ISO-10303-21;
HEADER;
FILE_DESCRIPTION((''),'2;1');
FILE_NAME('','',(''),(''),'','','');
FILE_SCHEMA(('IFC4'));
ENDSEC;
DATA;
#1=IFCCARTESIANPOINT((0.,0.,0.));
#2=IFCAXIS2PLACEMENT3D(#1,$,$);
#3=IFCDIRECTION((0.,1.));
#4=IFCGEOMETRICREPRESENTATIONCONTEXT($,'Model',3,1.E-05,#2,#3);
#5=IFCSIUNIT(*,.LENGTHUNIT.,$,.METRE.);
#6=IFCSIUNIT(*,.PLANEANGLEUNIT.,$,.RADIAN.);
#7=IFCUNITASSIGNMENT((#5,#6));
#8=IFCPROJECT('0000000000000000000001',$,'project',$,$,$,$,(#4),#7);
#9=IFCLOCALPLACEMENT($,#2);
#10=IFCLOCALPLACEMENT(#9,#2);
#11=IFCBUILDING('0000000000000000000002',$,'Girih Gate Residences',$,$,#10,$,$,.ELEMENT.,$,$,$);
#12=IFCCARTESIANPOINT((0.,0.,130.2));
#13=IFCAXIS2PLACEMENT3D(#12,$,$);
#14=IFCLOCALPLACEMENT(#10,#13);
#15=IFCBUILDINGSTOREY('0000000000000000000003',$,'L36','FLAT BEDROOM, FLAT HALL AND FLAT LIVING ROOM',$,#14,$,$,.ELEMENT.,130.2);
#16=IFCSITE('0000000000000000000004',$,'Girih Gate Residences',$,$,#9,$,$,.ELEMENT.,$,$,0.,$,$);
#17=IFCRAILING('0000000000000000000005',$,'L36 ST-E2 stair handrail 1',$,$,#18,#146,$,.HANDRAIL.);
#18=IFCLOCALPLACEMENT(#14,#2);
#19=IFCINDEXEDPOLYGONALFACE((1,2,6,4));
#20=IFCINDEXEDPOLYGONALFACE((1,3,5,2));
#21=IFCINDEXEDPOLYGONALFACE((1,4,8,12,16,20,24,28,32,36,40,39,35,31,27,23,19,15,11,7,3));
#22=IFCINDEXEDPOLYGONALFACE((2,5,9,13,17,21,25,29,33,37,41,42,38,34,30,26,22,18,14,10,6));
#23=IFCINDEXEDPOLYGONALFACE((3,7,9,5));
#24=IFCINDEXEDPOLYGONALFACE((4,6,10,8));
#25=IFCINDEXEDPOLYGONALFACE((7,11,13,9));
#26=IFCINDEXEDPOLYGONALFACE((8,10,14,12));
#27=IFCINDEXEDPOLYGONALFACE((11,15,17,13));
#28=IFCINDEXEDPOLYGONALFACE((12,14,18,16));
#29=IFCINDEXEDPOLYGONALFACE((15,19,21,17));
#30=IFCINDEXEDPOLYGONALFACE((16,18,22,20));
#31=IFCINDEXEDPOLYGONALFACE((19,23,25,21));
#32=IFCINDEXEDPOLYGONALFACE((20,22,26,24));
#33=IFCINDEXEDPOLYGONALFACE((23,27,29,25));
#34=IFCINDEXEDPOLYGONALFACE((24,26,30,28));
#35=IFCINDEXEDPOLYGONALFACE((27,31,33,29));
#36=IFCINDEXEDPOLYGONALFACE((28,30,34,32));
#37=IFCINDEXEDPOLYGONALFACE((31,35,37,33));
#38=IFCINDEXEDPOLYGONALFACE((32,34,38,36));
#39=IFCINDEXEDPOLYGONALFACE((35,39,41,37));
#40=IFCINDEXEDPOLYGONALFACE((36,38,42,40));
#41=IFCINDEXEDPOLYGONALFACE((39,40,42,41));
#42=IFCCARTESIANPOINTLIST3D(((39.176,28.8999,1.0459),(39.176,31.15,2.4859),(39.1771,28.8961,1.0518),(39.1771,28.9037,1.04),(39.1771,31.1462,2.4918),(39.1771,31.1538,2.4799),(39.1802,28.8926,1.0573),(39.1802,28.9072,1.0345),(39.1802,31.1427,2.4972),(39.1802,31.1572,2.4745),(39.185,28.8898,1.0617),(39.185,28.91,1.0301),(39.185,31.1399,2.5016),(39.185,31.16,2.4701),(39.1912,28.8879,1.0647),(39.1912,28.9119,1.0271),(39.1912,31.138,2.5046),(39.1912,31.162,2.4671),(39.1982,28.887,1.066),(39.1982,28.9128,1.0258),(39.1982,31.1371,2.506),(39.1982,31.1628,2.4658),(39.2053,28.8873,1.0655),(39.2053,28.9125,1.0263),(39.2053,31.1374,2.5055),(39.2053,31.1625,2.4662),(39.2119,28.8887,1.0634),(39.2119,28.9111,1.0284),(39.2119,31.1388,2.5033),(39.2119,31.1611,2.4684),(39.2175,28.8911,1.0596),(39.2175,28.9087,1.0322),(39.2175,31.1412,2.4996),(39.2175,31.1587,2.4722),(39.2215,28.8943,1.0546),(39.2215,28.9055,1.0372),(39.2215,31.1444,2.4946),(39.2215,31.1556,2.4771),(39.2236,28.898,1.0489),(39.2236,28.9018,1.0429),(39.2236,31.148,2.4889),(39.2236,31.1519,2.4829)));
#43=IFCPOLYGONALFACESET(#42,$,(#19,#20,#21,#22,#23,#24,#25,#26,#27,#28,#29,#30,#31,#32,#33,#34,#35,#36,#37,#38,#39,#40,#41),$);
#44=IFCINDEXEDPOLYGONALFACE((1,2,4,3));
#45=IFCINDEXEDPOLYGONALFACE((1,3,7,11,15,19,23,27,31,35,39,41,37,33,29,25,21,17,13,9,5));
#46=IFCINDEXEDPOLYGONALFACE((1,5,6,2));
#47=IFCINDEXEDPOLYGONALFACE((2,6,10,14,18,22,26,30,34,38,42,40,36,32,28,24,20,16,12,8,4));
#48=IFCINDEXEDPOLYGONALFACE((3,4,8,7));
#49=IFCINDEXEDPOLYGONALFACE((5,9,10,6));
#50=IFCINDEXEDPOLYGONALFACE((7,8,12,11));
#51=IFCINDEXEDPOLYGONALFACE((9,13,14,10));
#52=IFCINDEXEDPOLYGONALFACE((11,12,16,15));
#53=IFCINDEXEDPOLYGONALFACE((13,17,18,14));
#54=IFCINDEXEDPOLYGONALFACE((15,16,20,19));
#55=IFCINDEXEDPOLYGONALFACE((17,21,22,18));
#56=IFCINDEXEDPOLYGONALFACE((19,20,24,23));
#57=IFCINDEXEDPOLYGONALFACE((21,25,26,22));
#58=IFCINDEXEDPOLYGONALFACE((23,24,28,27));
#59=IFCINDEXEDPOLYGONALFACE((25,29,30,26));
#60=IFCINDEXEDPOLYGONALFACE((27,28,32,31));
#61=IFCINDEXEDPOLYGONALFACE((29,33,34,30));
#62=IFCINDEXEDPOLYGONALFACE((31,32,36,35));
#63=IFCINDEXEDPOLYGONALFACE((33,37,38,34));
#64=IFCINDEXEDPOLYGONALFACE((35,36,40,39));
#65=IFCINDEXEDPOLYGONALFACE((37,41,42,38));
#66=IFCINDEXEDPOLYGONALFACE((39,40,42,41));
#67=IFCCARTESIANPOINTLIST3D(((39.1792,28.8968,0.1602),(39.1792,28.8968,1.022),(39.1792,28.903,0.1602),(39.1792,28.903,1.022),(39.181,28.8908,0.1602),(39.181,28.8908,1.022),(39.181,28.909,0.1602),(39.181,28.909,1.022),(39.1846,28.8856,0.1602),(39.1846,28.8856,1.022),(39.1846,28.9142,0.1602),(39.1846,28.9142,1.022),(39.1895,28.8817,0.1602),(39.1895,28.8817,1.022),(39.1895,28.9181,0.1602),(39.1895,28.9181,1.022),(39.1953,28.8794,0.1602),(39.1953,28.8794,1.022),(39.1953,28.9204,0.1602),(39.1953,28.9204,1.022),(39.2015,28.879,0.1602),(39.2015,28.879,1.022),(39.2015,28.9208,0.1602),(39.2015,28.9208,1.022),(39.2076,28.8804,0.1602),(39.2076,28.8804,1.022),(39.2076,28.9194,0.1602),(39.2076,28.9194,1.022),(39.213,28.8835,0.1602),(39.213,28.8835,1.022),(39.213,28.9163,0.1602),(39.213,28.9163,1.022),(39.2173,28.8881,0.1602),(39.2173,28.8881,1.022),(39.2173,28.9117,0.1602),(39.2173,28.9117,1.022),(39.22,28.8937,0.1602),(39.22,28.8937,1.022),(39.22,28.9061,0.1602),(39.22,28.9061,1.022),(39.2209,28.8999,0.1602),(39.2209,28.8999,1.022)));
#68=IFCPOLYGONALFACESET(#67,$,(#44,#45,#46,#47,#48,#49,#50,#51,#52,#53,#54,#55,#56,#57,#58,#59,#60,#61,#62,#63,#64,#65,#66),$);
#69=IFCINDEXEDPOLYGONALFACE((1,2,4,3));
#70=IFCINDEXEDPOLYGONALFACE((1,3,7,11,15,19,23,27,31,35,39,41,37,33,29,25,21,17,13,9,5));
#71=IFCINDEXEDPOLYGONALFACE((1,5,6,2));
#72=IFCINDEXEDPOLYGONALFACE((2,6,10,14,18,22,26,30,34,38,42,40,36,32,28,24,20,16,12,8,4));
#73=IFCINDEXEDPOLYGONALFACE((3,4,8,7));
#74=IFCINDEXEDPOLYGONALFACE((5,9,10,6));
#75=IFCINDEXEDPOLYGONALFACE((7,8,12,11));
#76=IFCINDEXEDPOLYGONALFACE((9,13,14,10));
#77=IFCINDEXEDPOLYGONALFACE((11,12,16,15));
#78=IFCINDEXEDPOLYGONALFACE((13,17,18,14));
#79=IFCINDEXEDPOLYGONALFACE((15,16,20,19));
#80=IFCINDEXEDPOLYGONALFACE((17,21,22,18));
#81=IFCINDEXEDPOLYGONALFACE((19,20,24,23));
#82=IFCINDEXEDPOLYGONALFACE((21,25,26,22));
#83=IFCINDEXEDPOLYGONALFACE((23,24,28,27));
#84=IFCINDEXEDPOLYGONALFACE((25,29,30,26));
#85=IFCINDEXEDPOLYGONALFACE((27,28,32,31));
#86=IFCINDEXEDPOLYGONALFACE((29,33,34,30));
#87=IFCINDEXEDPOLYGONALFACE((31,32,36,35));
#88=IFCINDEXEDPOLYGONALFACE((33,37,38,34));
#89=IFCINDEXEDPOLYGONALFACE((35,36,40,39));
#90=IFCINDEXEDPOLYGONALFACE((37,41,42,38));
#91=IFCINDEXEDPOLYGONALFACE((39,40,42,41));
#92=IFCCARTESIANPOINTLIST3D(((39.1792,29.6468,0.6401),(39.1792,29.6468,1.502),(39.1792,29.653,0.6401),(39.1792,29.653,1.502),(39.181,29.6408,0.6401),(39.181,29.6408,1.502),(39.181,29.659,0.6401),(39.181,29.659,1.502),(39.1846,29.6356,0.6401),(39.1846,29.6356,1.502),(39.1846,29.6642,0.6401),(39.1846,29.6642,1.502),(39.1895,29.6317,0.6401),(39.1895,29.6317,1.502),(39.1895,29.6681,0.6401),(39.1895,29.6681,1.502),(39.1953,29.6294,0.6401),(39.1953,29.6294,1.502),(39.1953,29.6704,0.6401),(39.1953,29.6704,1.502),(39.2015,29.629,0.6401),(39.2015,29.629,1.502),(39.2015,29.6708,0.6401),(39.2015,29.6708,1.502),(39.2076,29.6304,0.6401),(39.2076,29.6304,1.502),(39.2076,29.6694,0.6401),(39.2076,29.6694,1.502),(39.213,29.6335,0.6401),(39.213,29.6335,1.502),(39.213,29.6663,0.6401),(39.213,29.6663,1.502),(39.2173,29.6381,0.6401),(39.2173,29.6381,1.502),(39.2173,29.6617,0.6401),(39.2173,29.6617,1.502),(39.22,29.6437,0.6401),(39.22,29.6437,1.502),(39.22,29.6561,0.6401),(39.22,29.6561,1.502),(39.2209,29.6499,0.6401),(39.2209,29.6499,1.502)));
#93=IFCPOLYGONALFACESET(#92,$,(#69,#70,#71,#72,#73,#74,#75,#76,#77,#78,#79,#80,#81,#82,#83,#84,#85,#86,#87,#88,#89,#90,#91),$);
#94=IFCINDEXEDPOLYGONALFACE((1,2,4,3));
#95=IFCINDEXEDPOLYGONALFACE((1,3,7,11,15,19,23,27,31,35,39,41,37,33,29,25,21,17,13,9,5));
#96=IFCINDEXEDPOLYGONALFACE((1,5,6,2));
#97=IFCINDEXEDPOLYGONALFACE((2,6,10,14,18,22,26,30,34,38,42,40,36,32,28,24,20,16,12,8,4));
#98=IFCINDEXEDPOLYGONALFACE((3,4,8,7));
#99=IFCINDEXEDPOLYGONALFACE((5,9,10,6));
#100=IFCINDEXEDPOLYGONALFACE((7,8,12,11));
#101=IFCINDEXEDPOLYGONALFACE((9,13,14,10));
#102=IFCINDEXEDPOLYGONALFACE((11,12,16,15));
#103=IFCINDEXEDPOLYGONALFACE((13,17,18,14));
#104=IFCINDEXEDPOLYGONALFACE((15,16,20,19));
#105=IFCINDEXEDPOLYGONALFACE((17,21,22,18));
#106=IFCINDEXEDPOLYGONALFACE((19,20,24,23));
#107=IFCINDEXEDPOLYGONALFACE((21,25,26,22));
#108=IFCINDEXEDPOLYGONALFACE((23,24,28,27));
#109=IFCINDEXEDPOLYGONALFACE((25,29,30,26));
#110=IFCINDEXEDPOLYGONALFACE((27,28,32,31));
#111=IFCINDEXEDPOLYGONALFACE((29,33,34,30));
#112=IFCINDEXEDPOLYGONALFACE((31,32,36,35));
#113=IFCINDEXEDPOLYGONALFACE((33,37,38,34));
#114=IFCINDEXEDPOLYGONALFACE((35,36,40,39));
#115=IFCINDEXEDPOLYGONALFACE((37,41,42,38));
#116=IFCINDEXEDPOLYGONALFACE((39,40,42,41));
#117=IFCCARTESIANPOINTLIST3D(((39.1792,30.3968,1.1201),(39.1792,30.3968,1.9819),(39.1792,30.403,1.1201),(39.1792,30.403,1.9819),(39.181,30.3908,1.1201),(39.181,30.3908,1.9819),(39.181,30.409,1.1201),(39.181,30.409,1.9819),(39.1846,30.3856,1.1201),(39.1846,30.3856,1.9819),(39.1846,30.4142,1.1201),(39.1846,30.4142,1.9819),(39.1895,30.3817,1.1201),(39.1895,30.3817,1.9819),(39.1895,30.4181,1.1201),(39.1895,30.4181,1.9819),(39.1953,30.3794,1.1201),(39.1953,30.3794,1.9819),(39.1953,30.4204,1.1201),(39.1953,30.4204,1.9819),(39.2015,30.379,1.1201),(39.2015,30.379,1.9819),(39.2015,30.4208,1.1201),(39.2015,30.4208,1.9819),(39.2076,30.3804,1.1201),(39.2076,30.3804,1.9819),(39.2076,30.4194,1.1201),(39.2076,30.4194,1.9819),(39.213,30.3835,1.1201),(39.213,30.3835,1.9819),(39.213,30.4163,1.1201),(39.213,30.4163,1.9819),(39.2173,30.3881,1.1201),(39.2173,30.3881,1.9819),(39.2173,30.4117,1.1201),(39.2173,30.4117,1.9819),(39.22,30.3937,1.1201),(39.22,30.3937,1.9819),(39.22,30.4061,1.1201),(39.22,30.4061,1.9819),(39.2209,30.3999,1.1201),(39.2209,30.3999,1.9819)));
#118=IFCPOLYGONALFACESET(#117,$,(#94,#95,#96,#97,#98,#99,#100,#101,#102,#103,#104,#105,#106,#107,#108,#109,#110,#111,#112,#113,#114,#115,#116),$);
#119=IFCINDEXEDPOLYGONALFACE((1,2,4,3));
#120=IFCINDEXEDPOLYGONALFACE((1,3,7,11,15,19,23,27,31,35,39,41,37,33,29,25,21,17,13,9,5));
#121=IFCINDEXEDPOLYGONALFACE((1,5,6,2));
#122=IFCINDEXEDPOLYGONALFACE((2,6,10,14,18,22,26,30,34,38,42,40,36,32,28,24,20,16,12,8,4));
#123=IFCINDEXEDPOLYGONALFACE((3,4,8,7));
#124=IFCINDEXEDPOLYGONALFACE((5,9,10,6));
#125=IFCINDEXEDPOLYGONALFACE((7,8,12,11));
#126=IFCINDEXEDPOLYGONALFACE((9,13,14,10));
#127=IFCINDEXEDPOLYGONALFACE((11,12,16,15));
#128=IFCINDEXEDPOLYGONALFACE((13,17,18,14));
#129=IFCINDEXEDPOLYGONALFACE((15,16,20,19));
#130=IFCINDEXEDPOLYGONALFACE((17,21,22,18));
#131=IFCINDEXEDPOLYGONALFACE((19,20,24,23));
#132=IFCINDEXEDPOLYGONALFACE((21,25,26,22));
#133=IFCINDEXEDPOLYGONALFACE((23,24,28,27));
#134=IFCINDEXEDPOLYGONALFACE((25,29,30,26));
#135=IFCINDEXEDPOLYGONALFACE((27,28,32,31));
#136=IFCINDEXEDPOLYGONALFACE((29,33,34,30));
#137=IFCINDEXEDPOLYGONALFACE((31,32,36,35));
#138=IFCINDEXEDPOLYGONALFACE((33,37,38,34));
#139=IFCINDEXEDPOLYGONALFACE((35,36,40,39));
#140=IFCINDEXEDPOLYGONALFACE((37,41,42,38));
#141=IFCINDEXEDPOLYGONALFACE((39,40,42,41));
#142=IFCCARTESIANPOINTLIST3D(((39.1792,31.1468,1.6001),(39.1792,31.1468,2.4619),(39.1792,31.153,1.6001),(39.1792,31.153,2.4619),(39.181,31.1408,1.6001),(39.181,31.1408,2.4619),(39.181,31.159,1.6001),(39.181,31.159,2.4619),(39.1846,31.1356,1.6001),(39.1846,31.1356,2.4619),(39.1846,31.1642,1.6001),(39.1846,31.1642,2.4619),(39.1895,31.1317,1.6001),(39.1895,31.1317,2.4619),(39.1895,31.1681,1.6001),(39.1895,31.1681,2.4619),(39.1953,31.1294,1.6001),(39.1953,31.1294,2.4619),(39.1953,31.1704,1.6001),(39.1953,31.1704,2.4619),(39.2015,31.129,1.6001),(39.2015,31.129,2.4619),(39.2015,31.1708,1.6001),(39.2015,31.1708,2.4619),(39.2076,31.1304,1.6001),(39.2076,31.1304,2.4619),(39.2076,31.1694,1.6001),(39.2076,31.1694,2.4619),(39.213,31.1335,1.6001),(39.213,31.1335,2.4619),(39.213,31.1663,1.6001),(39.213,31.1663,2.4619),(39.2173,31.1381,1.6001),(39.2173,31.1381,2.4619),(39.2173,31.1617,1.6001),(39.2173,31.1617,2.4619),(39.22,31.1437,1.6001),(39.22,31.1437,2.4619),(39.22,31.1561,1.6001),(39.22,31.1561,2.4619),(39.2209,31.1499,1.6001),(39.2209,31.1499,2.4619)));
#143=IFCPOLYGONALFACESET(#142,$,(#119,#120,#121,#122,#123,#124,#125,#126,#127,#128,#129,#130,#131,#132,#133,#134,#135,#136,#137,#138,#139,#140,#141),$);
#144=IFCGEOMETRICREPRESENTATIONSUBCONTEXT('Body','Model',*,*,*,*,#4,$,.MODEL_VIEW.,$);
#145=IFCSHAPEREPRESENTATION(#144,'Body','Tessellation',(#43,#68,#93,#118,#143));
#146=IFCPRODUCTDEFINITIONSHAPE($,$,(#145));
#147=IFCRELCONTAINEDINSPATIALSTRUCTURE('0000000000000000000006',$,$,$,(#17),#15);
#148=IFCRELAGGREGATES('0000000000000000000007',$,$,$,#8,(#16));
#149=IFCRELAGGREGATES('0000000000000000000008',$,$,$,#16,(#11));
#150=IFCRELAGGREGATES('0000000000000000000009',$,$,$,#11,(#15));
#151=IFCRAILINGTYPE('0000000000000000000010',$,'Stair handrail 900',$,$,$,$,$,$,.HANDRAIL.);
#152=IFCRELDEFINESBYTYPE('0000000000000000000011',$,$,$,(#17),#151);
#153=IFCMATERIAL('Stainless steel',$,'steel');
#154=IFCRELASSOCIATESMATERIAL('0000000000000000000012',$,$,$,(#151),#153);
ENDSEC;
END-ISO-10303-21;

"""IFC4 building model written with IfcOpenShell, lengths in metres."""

from ifc_helpers import new_model, si_unit, direction, frame, origin, origin_2d, place, context, subcontext, project, spatial, circle, extrude, material, type_object, element, save


model = new_model("IFC4")

# Units and contexts
model_context = context("Model", 3, precision=1e-05, world=origin(), true_north=direction((0.0, 1.0)))
body_context = subcontext(model_context, "Body", "Model", "MODEL_VIEW")
ifc_project = project(units=[si_unit("LENGTHUNIT", "METRE"), si_unit("PLANEANGLEUNIT", "RADIAN")], contexts=[model_context])

# Site, building, storey
site_placement = place(None, origin())
site = spatial("IfcSite", under=ifc_project, at=site_placement, Name="Girih Gate Residences", CompositionType="ELEMENT", RefElevation=0.0)
building_placement = place(site_placement, origin())
building = spatial("IfcBuilding", under=site, at=building_placement, Name="Girih Gate Residences", CompositionType="ELEMENT")
storey_placement = place(building_placement, frame((0.0, 0.0, 130.2)))
storey = spatial("IfcBuildingStorey", under=building, at=storey_placement, Name="L36", Description="FLAT BEDROOM, FLAT HALL AND FLAT LIVING ROOM", CompositionType="ELEMENT", Elevation=130.2)

# Railing
ifc_material_1 = material(Name="Stainless steel", Category="steel")
railing_type_1 = type_object("IfcRailingType", Name="Stair handrail 900", PredefinedType="HANDRAIL", material=ifc_material_1)
railing_1_placement = place(storey_placement, frame((39.2, 28.8999, 0.1602)))
element("IfcRailing", 1, at=railing_1_placement, inside=storey, type_object=railing_type_1, Name="L36 ST-E2 stair handrail 1", PredefinedType="HANDRAIL", context=body_context, shape_type="SweptSolid", body=[
    extrude(circle(Radius=0.0239, at=origin_2d()), frame((0.0, 0.0, 0.8857), z_axis=(0.0, 0.842281, 0.539038), x_axis=(-1.0, 0.0, 0.0)), (0.0, 0.0, 1.0), 2.6714),
    extrude(circle(Radius=0.021, at=origin_2d()), origin(), (0.0, 0.0, 1.0), 0.8618),
    extrude(circle(Radius=0.021, at=origin_2d()), frame((0.0, 0.75, 0.48)), (0.0, 0.0, 1.0), 0.8618),
    extrude(circle(Radius=0.021, at=origin_2d()), frame((0.0, 1.5, 0.96)), (0.0, 0.0, 1.0), 0.8618),
    extrude(circle(Radius=0.021, at=origin_2d()), frame((0.0, 2.25, 1.4399)), (0.0, 0.0, 1.0), 0.8618),
])

save(model, "model.ifc")
